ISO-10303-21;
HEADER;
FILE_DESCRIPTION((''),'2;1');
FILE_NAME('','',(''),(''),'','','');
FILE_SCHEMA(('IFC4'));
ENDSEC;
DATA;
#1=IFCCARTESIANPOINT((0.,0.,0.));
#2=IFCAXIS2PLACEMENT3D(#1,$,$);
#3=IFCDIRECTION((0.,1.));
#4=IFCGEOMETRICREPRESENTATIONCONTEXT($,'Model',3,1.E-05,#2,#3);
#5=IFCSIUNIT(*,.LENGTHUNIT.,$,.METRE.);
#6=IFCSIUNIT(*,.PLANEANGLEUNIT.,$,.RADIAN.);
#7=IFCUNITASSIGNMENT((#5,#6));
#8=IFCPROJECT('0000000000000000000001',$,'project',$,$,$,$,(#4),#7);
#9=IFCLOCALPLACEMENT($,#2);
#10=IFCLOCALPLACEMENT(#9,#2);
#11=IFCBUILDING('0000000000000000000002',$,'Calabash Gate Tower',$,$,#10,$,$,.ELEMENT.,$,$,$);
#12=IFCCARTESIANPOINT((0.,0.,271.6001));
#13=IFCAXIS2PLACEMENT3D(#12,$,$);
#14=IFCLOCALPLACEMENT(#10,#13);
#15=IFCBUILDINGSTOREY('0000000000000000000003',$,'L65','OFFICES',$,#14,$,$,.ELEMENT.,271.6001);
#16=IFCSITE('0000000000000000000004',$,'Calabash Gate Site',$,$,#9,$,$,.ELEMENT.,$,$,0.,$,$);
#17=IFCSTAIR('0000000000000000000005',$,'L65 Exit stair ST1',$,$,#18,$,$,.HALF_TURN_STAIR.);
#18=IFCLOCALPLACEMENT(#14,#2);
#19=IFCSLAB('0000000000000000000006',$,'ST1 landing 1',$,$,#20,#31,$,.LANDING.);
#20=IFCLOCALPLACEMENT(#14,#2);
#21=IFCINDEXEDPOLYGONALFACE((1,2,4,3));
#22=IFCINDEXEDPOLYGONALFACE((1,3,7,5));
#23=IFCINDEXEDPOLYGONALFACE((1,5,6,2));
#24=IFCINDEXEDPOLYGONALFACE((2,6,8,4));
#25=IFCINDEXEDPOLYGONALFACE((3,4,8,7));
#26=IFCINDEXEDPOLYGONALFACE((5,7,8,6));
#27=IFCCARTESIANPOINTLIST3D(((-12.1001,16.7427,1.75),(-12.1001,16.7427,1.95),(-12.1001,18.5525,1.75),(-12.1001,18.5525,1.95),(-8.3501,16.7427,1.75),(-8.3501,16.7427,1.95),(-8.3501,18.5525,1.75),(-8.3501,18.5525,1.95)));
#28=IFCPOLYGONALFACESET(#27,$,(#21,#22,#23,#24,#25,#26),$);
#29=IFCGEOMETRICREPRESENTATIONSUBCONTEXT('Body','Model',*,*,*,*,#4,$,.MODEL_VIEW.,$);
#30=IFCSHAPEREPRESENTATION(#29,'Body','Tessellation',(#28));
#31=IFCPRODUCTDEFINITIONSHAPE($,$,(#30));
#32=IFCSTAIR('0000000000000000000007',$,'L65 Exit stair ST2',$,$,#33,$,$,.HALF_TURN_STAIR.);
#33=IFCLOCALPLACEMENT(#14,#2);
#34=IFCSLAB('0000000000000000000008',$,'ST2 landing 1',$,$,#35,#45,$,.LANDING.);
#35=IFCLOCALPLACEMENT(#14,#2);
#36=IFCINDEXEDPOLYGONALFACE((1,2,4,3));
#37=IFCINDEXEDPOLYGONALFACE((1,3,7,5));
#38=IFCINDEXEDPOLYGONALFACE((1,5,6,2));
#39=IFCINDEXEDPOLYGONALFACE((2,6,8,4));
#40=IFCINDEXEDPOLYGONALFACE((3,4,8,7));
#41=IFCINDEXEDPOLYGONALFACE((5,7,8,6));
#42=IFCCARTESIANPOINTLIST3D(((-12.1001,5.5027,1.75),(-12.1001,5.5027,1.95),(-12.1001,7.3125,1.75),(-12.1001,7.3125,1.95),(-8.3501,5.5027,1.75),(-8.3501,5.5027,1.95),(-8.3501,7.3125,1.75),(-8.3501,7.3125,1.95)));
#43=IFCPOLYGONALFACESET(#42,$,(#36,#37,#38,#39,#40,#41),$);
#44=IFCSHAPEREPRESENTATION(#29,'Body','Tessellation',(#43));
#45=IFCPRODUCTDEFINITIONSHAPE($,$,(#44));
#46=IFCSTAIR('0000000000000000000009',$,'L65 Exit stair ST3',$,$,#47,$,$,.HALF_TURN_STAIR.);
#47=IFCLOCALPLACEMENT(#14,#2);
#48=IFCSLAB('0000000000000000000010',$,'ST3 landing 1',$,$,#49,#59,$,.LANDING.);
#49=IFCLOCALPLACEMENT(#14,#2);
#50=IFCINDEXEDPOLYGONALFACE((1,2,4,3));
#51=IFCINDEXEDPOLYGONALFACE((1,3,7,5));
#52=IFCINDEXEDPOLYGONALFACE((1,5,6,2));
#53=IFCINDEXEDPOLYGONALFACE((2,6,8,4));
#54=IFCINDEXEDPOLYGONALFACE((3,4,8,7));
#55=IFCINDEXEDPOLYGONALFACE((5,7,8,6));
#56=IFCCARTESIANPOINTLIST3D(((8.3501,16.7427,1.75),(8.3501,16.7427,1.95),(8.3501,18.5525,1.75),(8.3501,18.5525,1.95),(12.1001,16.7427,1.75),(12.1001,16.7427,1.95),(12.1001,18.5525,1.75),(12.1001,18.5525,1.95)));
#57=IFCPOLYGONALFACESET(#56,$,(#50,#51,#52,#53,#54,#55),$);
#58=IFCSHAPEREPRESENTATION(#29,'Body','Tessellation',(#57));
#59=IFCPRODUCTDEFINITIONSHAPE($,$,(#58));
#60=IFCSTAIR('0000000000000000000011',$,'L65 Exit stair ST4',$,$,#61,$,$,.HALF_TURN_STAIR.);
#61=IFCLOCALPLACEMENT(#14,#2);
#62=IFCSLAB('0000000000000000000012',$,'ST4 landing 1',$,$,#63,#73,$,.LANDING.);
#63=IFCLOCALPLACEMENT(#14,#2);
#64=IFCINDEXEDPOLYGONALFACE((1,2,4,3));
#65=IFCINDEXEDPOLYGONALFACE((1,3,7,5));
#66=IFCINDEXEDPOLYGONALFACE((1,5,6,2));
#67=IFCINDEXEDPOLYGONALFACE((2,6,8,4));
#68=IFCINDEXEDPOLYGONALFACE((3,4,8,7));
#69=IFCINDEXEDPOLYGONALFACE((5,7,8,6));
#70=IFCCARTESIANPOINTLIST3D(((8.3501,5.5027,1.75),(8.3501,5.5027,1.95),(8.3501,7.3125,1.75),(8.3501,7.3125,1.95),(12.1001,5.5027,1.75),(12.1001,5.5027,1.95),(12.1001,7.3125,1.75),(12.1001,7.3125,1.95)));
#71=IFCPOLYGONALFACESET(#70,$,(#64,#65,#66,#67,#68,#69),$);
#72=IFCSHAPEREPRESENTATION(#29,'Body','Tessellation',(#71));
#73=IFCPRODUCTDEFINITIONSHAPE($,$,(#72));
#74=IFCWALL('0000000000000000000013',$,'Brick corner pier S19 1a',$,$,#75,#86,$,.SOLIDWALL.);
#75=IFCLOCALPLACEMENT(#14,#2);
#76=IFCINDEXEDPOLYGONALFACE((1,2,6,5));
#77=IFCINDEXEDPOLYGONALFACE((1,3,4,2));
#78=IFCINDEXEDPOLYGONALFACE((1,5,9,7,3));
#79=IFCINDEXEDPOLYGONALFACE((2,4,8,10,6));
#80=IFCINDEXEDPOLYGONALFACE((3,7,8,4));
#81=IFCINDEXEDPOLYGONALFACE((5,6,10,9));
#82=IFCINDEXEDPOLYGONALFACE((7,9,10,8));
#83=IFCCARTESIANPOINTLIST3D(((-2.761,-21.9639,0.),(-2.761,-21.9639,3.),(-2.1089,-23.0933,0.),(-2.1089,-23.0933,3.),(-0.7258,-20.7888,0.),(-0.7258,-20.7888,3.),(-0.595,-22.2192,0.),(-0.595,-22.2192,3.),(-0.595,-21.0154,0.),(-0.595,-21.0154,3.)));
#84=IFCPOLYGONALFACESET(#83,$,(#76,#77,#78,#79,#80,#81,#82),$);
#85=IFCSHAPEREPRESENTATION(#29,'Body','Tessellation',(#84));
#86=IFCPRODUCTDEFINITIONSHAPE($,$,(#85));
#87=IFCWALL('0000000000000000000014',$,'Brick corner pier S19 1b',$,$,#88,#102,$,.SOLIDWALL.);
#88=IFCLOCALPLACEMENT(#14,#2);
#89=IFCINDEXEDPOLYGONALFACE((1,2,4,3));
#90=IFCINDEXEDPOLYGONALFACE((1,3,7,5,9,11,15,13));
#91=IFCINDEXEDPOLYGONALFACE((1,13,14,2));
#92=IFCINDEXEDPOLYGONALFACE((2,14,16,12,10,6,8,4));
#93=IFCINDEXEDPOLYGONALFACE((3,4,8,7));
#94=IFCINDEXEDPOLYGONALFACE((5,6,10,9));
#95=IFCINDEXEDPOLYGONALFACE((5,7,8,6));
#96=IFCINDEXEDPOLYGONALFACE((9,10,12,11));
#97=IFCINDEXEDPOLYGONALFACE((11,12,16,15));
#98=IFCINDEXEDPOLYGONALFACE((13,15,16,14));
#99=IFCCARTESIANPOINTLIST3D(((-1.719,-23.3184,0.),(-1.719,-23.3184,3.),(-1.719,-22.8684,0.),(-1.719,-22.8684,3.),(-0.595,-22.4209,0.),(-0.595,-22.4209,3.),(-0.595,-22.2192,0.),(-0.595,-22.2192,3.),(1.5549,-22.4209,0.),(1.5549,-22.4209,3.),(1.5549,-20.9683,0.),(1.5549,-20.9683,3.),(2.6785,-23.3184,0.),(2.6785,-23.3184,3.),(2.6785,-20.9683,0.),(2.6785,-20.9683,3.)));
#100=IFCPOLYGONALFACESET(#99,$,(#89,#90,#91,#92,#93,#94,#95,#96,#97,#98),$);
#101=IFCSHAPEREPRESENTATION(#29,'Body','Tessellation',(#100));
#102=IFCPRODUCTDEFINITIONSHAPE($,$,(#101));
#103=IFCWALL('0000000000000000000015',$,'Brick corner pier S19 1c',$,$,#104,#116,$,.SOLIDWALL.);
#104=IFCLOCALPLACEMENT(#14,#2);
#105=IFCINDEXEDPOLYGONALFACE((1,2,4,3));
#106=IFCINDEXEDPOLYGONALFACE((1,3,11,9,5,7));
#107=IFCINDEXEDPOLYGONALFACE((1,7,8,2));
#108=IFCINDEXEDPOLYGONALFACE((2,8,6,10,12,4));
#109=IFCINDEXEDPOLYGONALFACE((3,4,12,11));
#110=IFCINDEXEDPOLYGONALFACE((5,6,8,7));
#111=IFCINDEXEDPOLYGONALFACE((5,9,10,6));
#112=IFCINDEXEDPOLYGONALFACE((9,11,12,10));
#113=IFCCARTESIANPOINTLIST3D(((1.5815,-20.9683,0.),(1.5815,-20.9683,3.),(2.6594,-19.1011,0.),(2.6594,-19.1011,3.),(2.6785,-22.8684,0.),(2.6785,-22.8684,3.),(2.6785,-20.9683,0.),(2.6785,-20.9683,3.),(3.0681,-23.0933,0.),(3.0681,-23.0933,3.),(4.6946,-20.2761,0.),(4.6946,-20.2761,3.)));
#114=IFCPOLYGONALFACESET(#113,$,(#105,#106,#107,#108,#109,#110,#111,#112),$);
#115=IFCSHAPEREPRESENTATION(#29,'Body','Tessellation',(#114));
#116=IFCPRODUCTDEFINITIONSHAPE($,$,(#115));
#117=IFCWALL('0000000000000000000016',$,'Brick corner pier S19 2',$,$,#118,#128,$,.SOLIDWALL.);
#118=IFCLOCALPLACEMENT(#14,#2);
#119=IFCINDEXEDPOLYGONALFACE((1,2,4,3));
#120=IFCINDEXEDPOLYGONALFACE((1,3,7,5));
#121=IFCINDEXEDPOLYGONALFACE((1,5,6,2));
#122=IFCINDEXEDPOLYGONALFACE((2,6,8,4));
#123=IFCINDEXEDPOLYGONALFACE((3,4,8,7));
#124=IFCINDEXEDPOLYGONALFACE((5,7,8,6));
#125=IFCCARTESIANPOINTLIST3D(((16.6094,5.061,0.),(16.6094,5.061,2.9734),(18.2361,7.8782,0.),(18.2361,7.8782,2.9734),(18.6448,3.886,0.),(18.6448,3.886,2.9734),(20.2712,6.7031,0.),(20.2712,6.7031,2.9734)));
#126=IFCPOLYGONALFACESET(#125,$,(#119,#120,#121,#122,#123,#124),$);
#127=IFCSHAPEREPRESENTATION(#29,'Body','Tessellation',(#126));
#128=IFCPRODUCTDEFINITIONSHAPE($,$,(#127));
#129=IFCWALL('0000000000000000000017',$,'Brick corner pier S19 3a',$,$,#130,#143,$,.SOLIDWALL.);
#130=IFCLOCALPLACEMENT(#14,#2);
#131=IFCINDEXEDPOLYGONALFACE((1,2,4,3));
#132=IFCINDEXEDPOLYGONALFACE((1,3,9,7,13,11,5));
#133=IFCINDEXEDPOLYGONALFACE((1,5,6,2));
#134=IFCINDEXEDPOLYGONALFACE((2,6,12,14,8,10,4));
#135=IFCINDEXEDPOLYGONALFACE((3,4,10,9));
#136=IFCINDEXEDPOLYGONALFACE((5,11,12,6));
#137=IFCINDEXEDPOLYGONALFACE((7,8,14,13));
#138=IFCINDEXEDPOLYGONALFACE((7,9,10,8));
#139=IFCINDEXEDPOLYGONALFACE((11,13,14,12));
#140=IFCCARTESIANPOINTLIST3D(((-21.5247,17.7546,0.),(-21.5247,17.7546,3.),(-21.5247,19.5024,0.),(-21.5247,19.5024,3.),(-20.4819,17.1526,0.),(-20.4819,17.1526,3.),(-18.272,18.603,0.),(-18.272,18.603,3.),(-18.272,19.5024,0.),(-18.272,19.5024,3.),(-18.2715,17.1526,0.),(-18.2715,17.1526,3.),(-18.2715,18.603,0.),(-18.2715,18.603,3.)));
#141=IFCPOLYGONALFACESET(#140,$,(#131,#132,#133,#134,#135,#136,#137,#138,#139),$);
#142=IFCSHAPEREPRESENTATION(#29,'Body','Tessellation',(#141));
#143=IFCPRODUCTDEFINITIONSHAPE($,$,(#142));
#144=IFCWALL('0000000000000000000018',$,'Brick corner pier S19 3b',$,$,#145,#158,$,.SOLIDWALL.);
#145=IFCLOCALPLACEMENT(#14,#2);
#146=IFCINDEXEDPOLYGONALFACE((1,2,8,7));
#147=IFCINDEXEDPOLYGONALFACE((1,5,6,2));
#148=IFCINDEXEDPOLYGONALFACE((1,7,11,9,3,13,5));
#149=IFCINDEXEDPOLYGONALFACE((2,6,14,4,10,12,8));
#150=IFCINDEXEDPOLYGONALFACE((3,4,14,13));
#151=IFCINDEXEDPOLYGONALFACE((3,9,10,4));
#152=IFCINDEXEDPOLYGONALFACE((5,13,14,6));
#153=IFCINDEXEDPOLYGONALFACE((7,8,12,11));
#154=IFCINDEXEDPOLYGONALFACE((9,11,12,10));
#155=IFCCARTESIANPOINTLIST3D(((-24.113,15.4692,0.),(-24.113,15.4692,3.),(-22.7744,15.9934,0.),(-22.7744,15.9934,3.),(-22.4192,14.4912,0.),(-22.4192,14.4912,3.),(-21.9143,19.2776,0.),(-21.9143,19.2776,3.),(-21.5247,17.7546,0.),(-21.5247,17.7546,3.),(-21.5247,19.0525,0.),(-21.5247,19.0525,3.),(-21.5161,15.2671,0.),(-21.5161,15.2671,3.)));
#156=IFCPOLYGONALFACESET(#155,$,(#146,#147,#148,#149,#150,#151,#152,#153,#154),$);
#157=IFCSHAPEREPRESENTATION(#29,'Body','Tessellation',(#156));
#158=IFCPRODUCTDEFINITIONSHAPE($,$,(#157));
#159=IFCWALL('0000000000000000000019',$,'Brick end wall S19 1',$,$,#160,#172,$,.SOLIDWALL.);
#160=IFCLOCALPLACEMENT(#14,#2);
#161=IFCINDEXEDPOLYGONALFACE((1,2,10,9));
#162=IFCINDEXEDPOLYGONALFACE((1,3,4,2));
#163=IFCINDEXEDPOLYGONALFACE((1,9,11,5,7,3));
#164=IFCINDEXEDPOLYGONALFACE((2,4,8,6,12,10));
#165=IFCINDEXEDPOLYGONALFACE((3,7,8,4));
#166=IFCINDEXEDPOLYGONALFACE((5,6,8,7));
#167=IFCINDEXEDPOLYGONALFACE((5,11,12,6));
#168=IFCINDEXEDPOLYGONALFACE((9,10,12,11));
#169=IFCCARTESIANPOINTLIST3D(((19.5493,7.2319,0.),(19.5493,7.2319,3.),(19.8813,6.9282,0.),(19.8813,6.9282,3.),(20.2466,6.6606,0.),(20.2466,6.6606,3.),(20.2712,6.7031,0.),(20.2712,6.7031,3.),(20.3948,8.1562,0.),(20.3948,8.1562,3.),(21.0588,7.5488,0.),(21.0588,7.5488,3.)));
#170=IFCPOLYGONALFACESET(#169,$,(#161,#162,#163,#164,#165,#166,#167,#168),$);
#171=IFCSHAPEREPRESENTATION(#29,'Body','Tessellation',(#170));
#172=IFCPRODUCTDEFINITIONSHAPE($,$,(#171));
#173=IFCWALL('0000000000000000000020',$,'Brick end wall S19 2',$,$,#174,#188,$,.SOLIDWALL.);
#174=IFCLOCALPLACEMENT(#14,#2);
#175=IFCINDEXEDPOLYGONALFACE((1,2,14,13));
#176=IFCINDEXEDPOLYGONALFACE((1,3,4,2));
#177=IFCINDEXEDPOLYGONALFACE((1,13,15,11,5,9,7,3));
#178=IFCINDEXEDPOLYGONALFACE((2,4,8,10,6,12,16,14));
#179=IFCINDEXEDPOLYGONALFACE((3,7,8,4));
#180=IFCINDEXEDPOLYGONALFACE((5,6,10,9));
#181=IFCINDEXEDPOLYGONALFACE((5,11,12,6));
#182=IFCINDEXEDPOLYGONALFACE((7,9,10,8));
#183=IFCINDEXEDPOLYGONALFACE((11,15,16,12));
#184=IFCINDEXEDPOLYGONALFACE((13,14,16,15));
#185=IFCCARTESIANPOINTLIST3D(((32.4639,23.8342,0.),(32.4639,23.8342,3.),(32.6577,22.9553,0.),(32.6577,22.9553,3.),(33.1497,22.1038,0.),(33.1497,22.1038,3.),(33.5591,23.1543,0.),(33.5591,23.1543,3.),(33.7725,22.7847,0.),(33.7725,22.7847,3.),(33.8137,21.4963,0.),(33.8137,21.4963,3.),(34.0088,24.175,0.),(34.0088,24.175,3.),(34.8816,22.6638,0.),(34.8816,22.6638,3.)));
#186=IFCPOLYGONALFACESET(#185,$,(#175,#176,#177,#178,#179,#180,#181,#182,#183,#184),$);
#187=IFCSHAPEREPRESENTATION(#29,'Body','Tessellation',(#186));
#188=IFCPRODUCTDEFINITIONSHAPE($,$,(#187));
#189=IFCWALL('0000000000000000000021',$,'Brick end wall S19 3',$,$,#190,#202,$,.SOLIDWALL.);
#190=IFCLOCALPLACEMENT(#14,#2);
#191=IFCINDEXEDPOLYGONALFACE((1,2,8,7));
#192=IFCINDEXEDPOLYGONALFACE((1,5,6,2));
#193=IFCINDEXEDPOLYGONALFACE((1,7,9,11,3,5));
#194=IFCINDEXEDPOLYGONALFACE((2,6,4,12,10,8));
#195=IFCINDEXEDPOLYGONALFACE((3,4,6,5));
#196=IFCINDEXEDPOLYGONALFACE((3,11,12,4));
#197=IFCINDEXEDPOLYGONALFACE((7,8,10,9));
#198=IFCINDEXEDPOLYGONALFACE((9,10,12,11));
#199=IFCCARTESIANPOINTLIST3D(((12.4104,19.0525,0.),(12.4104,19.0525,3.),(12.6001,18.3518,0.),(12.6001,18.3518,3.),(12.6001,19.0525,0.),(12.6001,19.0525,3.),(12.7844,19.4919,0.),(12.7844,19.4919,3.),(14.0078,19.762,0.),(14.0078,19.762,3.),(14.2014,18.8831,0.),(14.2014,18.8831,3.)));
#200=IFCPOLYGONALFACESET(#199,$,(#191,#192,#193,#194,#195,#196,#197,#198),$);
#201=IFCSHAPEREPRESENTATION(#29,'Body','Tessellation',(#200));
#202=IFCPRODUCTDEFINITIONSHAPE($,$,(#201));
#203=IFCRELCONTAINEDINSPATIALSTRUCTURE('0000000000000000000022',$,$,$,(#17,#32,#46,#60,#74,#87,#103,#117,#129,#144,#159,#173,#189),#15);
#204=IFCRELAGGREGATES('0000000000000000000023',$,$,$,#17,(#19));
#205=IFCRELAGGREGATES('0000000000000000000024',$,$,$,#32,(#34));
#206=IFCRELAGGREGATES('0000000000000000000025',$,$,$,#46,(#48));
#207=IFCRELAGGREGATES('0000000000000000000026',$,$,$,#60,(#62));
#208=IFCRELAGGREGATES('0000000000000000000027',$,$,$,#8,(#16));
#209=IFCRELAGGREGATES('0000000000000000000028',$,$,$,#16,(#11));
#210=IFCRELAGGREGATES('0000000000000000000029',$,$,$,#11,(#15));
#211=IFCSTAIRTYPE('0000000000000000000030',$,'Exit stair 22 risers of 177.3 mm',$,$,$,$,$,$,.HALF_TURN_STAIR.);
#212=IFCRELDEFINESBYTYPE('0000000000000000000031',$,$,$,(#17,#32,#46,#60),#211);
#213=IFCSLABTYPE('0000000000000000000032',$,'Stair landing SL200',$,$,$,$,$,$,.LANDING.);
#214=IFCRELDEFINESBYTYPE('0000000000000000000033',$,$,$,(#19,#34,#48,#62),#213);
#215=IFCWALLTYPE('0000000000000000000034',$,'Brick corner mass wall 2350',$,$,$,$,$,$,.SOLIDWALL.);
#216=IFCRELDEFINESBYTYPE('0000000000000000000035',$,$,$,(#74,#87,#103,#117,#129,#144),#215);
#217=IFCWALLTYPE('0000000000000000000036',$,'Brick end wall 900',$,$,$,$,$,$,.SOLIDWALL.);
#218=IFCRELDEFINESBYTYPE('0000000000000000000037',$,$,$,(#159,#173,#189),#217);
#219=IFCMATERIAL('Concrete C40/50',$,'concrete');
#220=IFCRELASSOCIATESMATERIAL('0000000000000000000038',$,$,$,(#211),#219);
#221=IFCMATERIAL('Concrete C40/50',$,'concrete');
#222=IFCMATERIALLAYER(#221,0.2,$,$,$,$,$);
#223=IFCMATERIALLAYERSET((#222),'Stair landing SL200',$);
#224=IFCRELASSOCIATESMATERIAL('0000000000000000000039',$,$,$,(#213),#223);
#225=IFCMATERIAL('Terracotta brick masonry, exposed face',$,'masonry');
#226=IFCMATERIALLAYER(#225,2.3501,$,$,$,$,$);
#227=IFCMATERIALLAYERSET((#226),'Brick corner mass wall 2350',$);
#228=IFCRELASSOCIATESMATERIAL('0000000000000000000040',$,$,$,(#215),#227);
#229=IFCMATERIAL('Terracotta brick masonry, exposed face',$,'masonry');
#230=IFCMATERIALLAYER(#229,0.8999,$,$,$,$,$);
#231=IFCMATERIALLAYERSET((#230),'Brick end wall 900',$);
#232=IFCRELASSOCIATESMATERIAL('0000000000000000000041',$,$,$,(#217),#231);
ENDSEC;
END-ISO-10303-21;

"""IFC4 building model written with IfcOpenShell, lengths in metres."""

from ifc_helpers import new_model, si_unit, direction, frame, origin, place, context, subcontext, project, spatial, polyline, outline, extrude, material, layer, layer_set, type_object, element, aggregate, save


model = new_model("IFC4")

# Units and contexts
model_context = context("Model", 3, precision=1e-05, world=origin(), true_north=direction((0.0, 1.0)))
body_context = subcontext(model_context, "Body", "Model", "MODEL_VIEW")
ifc_project = project(units=[si_unit("LENGTHUNIT", "METRE"), si_unit("PLANEANGLEUNIT", "RADIAN")], contexts=[model_context])

# Site, building, storey
site_placement = place(None, origin())
site = spatial("IfcSite", under=ifc_project, at=site_placement, Name="Calabash Gate Site", CompositionType="ELEMENT", RefElevation=0.0)
building_placement = place(site_placement, origin())
building = spatial("IfcBuilding", under=site, at=building_placement, Name="Calabash Gate Tower", CompositionType="ELEMENT")
storey_placement = place(building_placement, frame((0.0, 0.0, 271.6001)))
storey = spatial("IfcBuildingStorey", under=building, at=storey_placement, Name="L65", Description="OFFICES", CompositionType="ELEMENT", Elevation=271.6001)

# Stairs, slabs
ifc_material_1 = material(Name="Concrete C40/50", Category="concrete")
stair_type = type_object("IfcStairType", Name="Exit stair 22 risers of 177.3 mm", PredefinedType="HALF_TURN_STAIR", material=ifc_material_1)
stair_1_placement = place(storey_placement, origin())
stair_1 = element("IfcStair", 1, at=stair_1_placement, inside=storey, type_object=stair_type, Name="L65 Exit stair ST1", PredefinedType="HALF_TURN_STAIR")
ifc_material_2 = material(Name="Concrete C40/50", Category="concrete")
ifc_layer_1 = layer(ifc_material_2, 0.2)
ifc_layer_set_1 = layer_set([ifc_layer_1], Name="Stair landing SL200")
slab_type = type_object("IfcSlabType", Name="Stair landing SL200", PredefinedType="LANDING", material=ifc_layer_set_1)
slab_1_placement = place(storey_placement, frame((0.0, 0.0, 1.75)))
slab_1 = element("IfcSlab", 2, at=slab_1_placement, type_object=slab_type, Name="ST1 landing 1", PredefinedType="LANDING", context=body_context, shape_type="SweptSolid", body=[
    extrude(outline(polyline([(-8.3501, 16.7427), (-8.3501, 18.5525), (-12.1001, 18.5525), (-12.1001, 16.7427), (-8.3501, 16.7427)])), origin(), (0.0, 0.0, 1.0), 0.2),
])
aggregate(stair_1, [slab_1])
stair_2_placement = place(storey_placement, origin())
stair_2 = element("IfcStair", 3, at=stair_2_placement, inside=storey, type_object=stair_type, Name="L65 Exit stair ST2", PredefinedType="HALF_TURN_STAIR")
slab_2_placement = place(storey_placement, frame((0.0, 0.0, 1.75)))
slab_2 = element("IfcSlab", 4, at=slab_2_placement, type_object=slab_type, Name="ST2 landing 1", PredefinedType="LANDING", context=body_context, shape_type="SweptSolid", body=[
    extrude(outline(polyline([(-12.1001, 7.3125), (-12.1001, 5.5027), (-8.3501, 5.5027), (-8.3501, 7.3125), (-12.1001, 7.3125)])), origin(), (0.0, 0.0, 1.0), 0.2),
])
aggregate(stair_2, [slab_2])
stair_3_placement = place(storey_placement, origin())
stair_3 = element("IfcStair", 5, at=stair_3_placement, inside=storey, type_object=stair_type, Name="L65 Exit stair ST3", PredefinedType="HALF_TURN_STAIR")
slab_3_placement = place(storey_placement, frame((0.0, 0.0, 1.75)))
slab_3 = element("IfcSlab", 6, at=slab_3_placement, type_object=slab_type, Name="ST3 landing 1", PredefinedType="LANDING", context=body_context, shape_type="SweptSolid", body=[
    extrude(outline(polyline([(12.1001, 16.7427), (12.1001, 18.5525), (8.3501, 18.5525), (8.3501, 16.7427), (12.1001, 16.7427)])), origin(), (0.0, 0.0, 1.0), 0.2),
])
aggregate(stair_3, [slab_3])
stair_4_placement = place(storey_placement, origin())
stair_4 = element("IfcStair", 7, at=stair_4_placement, inside=storey, type_object=stair_type, Name="L65 Exit stair ST4", PredefinedType="HALF_TURN_STAIR")
slab_4_placement = place(storey_placement, frame((0.0, 0.0, 1.75)))
slab_4 = element("IfcSlab", 8, at=slab_4_placement, type_object=slab_type, Name="ST4 landing 1", PredefinedType="LANDING", context=body_context, shape_type="SweptSolid", body=[
    extrude(outline(polyline([(8.3501, 7.3125), (8.3501, 5.5027), (12.1001, 5.5027), (12.1001, 7.3125), (8.3501, 7.3125)])), origin(), (0.0, 0.0, 1.0), 0.2),
])
aggregate(stair_4, [slab_4])

# Walls
ifc_material_3 = material(Name="Terracotta brick masonry, exposed face", Category="masonry")
ifc_layer_2 = layer(ifc_material_3, 2.3501)
ifc_layer_set_2 = layer_set([ifc_layer_2], Name="Brick corner mass wall 2350")
wall_type_1 = type_object("IfcWallType", Name="Brick corner mass wall 2350", PredefinedType="SOLIDWALL", material=ifc_layer_set_2)
wall_1_placement = place(storey_placement, origin())
element("IfcWall", 9, at=wall_1_placement, inside=storey, type_object=wall_type_1, Name="Brick corner pier S19 1a", PredefinedType="SOLIDWALL", context=body_context, shape_type="SweptSolid", body=[
    extrude(outline(polyline([(-0.595, -21.0154), (-0.7258, -20.7888), (-2.761, -21.9639), (-2.1089, -23.0933), (-0.595, -22.2192), (-0.595, -21.0154)])), origin(), (0.0, 0.0, 1.0), 3.0),
])
wall_2_placement = place(storey_placement, origin())
element("IfcWall", 10, at=wall_2_placement, inside=storey, type_object=wall_type_1, Name="Brick corner pier S19 1b", PredefinedType="SOLIDWALL", context=body_context, shape_type="SweptSolid", body=[
    extrude(outline(polyline([(-0.595, -22.4209), (-0.595, -22.2192), (-1.719, -22.8684), (-1.719, -23.3184), (2.6785, -23.3184), (2.6785, -20.9683), (1.5549, -20.9683), (1.5549, -22.4209), (-0.595, -22.4209)])), origin(), (0.0, 0.0, 1.0), 3.0),
])
wall_3_placement = place(storey_placement, origin())
element("IfcWall", 11, at=wall_3_placement, inside=storey, type_object=wall_type_1, Name="Brick corner pier S19 1c", PredefinedType="SOLIDWALL", context=body_context, shape_type="SweptSolid", body=[
    extrude(outline(polyline([(2.6785, -20.9683), (2.6785, -22.8684), (3.0681, -23.0933), (4.6946, -20.2761), (2.6594, -19.1011), (1.5815, -20.9683), (2.6785, -20.9683)])), origin(), (0.0, 0.0, 1.0), 3.0),
])
wall_4_placement = place(storey_placement, origin())
element("IfcWall", 12, at=wall_4_placement, inside=storey, type_object=wall_type_1, Name="Brick corner pier S19 2", PredefinedType="SOLIDWALL", context=body_context, shape_type="SweptSolid", body=[
    extrude(outline(polyline([(18.2361, 7.8782), (16.6094, 5.061), (18.6448, 3.886), (20.2712, 6.7031), (18.2361, 7.8782)])), origin(), (0.0, 0.0, 1.0), 2.9734),
])
wall_5_placement = place(storey_placement, origin())
element("IfcWall", 13, at=wall_5_placement, inside=storey, type_object=wall_type_1, Name="Brick corner pier S19 3a", PredefinedType="SOLIDWALL", context=body_context, shape_type="SweptSolid", body=[
    extrude(outline(polyline([(-20.4819, 17.1526), (-18.2715, 17.1526), (-18.2715, 18.603), (-18.272, 18.603), (-18.272, 19.5024), (-21.5247, 19.5024), (-21.5247, 17.7546), (-20.4819, 17.1526)])), origin(), (0.0, 0.0, 1.0), 3.0),
])
wall_6_placement = place(storey_placement, origin())
element("IfcWall", 14, at=wall_6_placement, inside=storey, type_object=wall_type_1, Name="Brick corner pier S19 3b", PredefinedType="SOLIDWALL", context=body_context, shape_type="SweptSolid", body=[
    extrude(outline(polyline([(-22.7744, 15.9934), (-21.5247, 17.7546), (-21.5247, 19.0525), (-21.9143, 19.2776), (-24.113, 15.4692), (-22.4192, 14.4912), (-21.5161, 15.2671), (-22.7744, 15.9934)])), origin(), (0.0, 0.0, 1.0), 3.0),
])
ifc_material_4 = material(Name="Terracotta brick masonry, exposed face", Category="masonry")
ifc_layer_3 = layer(ifc_material_4, 0.8999)
ifc_layer_set_3 = layer_set([ifc_layer_3], Name="Brick end wall 900")
wall_type_2 = type_object("IfcWallType", Name="Brick end wall 900", PredefinedType="SOLIDWALL", material=ifc_layer_set_3)
wall_7_placement = place(storey_placement, origin())
element("IfcWall", 15, at=wall_7_placement, inside=storey, type_object=wall_type_2, Name="Brick end wall S19 1", PredefinedType="SOLIDWALL", context=body_context, shape_type="SweptSolid", body=[
    extrude(outline(polyline([(20.3948, 8.1562), (19.5493, 7.2319), (19.8813, 6.9282), (20.2712, 6.7031), (20.2466, 6.6606), (21.0588, 7.5488), (20.3948, 8.1562)])), origin(), (0.0, 0.0, 1.0), 3.0),
])
wall_8_placement = place(storey_placement, origin())
element("IfcWall", 16, at=wall_8_placement, inside=storey, type_object=wall_type_2, Name="Brick end wall S19 2", PredefinedType="SOLIDWALL", context=body_context, shape_type="SweptSolid", body=[
    extrude(outline(polyline([(33.8137, 21.4963), (34.8816, 22.6638), (34.0088, 24.175), (32.4639, 23.8342), (32.6577, 22.9553), (33.5591, 23.1543), (33.7725, 22.7847), (33.1497, 22.1038), (33.8137, 21.4963)])), origin(), (0.0, 0.0, 1.0), 3.0),
])
wall_9_placement = place(storey_placement, origin())
element("IfcWall", 17, at=wall_9_placement, inside=storey, type_object=wall_type_2, Name="Brick end wall S19 3", PredefinedType="SOLIDWALL", context=body_context, shape_type="SweptSolid", body=[
    extrude(outline(polyline([(14.2014, 18.8831), (14.0078, 19.762), (12.7844, 19.4919), (12.4104, 19.0525), (12.6001, 19.0525), (12.6001, 18.3518), (14.2014, 18.8831)])), origin(), (0.0, 0.0, 1.0), 3.0),
])

save(model, "model.ifc")
